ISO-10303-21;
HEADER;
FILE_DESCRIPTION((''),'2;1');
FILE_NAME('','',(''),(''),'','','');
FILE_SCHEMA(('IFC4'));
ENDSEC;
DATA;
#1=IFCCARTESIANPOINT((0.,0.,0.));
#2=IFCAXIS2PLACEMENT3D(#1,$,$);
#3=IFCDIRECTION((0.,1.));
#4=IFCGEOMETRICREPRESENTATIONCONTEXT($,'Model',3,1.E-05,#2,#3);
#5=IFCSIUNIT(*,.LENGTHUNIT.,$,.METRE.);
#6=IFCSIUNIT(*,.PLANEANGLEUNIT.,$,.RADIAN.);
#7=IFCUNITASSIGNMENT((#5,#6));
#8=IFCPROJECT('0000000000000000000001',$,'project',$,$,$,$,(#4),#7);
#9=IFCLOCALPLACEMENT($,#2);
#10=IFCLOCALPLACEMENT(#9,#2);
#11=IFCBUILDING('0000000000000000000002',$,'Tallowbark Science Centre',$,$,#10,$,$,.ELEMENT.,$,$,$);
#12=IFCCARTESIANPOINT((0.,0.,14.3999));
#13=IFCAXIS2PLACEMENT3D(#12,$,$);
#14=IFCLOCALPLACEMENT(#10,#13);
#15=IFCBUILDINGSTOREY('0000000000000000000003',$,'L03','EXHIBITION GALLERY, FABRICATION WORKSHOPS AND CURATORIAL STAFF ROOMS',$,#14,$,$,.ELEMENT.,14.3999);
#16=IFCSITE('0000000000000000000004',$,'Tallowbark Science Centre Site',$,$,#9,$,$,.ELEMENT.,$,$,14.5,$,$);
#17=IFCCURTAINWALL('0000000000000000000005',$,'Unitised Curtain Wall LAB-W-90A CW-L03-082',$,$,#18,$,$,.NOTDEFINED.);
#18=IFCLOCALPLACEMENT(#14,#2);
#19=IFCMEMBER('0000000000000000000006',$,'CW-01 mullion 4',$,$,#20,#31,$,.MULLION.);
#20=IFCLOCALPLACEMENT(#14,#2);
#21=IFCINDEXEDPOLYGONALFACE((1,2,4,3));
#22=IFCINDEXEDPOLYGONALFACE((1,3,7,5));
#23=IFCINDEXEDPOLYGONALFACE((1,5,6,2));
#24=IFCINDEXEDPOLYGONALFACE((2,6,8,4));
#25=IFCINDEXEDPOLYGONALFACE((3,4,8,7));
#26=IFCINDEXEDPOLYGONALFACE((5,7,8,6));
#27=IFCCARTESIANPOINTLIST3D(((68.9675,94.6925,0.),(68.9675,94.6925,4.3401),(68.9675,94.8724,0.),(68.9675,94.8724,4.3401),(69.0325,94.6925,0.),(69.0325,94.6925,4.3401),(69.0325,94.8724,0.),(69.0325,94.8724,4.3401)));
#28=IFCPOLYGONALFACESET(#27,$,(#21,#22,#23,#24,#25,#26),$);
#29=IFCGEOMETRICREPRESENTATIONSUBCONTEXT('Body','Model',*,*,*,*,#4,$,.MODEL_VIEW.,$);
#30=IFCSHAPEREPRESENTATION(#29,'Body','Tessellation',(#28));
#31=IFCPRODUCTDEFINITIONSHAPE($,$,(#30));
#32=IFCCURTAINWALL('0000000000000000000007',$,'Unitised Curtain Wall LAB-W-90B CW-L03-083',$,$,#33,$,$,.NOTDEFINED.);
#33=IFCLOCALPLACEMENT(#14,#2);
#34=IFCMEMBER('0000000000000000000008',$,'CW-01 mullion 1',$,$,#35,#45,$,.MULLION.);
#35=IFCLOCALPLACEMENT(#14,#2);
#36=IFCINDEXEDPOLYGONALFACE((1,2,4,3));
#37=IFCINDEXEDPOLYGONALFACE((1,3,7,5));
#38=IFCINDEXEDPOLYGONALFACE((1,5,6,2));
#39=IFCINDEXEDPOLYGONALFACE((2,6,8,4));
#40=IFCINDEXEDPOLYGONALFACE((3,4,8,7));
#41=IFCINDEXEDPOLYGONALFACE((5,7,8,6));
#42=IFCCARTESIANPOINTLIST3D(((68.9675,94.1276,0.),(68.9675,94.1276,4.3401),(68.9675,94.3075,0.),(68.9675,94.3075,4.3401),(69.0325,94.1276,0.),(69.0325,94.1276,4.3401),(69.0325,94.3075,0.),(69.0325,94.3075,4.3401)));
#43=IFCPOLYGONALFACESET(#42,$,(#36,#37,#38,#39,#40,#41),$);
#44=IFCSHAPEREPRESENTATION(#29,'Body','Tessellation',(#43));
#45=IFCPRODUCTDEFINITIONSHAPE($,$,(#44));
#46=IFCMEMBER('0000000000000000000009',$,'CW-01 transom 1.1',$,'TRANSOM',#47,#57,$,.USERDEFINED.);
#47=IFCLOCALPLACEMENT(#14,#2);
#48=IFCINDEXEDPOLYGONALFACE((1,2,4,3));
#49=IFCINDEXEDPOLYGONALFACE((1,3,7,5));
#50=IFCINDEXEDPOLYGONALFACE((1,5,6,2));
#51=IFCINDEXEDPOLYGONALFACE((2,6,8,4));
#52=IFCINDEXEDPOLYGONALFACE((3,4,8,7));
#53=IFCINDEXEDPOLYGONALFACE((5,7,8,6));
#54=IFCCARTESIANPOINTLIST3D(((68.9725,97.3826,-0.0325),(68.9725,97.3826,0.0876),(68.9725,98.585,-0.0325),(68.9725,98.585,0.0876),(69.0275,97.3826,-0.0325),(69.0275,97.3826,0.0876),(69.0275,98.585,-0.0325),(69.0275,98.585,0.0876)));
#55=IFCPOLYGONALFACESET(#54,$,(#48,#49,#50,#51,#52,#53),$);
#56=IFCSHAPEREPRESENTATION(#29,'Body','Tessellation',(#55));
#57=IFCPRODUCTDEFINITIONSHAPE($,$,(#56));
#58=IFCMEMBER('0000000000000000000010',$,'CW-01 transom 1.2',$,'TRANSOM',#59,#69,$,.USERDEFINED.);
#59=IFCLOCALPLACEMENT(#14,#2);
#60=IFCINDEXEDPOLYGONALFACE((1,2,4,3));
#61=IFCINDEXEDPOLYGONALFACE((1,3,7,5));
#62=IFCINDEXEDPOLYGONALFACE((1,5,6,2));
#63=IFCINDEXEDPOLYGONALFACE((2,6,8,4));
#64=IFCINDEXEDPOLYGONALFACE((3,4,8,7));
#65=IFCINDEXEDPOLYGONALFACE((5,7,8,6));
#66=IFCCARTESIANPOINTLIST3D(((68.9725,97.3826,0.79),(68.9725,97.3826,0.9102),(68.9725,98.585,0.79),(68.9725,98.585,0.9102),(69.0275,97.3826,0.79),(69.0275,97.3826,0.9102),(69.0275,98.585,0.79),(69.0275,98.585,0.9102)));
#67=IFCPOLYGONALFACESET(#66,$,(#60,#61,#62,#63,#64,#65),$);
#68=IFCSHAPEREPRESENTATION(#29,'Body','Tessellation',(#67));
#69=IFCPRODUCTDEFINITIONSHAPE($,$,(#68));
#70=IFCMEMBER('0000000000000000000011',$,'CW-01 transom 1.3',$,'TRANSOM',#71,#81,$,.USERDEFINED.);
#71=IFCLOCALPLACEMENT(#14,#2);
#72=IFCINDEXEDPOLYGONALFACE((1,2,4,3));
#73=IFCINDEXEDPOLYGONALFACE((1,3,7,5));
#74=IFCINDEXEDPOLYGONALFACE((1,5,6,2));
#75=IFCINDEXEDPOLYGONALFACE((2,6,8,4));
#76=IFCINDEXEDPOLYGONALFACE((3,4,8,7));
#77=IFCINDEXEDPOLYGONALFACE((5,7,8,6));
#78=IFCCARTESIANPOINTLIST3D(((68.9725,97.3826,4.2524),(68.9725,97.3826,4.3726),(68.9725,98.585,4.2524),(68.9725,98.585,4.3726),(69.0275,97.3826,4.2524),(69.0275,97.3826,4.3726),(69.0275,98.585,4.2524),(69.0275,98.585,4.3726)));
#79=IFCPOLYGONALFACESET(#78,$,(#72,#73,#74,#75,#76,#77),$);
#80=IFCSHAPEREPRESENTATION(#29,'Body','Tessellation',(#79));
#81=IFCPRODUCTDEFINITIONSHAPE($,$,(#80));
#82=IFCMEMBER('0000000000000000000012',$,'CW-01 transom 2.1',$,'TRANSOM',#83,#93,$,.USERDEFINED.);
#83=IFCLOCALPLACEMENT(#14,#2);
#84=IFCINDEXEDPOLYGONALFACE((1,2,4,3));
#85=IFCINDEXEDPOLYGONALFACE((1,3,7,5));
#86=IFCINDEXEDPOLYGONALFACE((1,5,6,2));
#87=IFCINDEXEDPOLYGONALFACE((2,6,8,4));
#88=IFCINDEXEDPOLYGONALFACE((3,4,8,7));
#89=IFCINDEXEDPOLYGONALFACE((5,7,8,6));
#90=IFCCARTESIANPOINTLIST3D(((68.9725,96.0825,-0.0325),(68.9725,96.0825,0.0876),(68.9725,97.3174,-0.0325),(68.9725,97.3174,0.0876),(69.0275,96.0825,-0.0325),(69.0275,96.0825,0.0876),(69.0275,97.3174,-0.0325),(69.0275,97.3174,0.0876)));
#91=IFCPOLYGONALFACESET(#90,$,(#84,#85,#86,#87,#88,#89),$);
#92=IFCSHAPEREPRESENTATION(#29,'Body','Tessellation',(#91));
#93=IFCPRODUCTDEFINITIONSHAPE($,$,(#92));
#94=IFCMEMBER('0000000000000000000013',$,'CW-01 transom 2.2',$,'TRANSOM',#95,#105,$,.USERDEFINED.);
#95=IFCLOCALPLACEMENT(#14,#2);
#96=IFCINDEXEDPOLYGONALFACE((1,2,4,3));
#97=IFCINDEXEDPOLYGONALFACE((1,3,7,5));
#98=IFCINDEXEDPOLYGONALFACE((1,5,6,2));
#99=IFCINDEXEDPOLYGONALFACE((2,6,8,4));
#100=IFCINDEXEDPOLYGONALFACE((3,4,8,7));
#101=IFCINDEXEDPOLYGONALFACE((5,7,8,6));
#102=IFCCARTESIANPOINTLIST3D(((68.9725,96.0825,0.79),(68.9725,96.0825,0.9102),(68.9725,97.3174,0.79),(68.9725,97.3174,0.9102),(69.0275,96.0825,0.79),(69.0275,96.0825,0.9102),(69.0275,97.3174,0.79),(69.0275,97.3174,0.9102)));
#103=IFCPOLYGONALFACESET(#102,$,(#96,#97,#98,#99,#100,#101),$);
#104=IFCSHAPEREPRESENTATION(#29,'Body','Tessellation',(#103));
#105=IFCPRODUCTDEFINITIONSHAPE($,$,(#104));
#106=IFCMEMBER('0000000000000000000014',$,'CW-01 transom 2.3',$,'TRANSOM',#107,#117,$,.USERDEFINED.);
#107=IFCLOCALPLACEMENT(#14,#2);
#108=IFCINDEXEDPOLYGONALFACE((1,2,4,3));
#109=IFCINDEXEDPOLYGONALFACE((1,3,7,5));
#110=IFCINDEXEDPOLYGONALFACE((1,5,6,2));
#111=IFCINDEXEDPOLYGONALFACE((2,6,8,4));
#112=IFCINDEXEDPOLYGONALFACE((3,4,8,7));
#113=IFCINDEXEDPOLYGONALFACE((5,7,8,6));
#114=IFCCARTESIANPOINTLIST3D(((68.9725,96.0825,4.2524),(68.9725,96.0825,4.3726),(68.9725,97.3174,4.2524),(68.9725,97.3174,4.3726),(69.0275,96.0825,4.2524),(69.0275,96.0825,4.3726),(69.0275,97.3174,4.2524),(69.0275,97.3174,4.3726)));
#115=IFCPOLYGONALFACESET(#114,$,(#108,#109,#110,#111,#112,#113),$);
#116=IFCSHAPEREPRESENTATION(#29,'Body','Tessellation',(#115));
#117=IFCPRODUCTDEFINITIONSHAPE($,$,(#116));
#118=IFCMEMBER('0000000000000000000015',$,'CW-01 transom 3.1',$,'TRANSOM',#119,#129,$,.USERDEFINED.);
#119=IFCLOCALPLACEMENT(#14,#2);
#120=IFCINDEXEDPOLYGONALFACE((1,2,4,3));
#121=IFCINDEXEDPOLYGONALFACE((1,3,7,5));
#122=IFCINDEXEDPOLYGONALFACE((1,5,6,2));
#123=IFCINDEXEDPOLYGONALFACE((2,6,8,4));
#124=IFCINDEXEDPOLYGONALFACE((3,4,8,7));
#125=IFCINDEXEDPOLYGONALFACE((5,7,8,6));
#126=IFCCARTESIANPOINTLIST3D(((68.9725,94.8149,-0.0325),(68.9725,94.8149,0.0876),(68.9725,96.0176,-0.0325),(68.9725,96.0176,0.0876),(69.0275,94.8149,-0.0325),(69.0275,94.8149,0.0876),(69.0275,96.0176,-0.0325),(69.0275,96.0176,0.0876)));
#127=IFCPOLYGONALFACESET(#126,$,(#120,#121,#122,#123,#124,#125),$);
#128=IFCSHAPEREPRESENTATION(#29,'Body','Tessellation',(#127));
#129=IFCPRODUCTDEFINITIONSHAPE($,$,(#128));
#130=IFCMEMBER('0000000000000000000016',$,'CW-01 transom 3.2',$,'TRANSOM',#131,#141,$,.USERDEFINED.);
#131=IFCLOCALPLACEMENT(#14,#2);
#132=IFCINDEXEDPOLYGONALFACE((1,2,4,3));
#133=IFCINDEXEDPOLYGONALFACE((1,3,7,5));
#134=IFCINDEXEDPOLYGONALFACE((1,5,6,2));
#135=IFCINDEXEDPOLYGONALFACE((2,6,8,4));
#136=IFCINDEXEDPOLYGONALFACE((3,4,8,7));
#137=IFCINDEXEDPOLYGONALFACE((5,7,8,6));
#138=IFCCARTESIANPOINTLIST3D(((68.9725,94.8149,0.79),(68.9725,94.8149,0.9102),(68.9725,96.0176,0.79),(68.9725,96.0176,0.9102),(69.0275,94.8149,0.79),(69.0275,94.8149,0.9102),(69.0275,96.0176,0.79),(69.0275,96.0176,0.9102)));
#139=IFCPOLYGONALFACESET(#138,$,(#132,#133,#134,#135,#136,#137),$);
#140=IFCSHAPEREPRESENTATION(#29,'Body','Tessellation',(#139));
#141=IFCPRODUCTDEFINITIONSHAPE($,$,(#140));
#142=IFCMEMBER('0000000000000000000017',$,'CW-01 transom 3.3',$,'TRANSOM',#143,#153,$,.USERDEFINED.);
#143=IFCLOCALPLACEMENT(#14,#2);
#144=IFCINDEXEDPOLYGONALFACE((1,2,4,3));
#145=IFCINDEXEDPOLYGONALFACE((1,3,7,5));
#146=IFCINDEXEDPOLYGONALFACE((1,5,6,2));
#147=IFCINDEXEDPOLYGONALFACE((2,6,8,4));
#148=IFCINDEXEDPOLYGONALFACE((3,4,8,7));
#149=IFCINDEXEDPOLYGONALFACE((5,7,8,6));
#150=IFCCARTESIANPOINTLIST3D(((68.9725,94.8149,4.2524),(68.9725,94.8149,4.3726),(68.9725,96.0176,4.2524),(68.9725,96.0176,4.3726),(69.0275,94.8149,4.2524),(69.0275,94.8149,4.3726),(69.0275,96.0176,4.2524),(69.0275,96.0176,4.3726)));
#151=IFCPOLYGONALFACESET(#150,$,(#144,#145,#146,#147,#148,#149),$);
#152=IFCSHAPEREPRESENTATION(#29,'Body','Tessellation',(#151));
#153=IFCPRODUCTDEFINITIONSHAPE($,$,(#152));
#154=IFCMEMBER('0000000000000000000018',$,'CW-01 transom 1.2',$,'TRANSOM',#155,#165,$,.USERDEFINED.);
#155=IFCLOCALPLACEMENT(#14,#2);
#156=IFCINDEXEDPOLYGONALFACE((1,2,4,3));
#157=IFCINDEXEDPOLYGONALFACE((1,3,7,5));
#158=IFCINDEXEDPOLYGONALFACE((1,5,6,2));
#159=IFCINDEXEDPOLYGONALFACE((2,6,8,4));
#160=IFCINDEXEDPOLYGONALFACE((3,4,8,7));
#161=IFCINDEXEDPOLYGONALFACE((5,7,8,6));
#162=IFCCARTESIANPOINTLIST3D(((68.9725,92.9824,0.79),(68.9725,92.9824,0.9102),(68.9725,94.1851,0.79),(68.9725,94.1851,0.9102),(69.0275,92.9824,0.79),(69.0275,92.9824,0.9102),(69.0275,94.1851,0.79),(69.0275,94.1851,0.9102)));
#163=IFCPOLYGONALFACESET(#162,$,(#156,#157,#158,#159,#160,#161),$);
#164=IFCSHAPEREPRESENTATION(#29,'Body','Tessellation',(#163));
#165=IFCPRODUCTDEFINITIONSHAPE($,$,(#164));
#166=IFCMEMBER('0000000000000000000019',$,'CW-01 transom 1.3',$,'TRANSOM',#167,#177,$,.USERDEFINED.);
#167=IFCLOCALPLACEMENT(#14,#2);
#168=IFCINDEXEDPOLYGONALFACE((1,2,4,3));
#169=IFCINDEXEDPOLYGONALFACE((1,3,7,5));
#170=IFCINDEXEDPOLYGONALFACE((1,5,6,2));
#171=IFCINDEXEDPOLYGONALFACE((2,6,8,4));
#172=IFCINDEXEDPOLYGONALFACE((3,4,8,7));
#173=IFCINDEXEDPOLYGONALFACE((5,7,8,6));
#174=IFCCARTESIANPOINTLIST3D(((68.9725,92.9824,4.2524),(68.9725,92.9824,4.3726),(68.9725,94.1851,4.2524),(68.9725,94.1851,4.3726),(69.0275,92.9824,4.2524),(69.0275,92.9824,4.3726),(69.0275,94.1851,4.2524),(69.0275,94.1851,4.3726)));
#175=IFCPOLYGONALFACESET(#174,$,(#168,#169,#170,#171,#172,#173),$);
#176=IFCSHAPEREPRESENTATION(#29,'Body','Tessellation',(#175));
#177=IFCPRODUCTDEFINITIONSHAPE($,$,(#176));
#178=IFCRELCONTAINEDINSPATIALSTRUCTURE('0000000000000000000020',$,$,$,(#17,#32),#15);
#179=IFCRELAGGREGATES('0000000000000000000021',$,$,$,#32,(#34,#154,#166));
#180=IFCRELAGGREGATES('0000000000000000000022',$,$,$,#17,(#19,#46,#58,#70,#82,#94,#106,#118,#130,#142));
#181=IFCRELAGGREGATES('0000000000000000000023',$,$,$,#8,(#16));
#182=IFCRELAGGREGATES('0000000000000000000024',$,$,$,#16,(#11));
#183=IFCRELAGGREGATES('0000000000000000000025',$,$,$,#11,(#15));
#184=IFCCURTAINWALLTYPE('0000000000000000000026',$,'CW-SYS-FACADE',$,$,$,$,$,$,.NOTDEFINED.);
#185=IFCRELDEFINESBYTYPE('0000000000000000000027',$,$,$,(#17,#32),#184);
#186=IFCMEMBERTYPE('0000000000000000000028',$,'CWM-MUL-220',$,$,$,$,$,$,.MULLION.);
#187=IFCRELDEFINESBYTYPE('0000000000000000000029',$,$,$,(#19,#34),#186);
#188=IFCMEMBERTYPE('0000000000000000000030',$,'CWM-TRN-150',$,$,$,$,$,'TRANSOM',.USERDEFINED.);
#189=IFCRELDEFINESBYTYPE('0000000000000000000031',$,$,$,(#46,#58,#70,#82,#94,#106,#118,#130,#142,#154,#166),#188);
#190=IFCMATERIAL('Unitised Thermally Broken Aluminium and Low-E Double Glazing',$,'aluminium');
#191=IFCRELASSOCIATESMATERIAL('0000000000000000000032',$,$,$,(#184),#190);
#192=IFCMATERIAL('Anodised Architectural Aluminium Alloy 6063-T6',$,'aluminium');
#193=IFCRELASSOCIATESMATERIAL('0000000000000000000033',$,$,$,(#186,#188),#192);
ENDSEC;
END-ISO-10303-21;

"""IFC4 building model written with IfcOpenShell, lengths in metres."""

from ifc_helpers import new_model, si_unit, direction, frame, origin, origin_2d, place, context, subcontext, project, spatial, rectangle, extrude, material, material_profile, profile_set, type_object, element, aggregate, save


model = new_model("IFC4")

# Units and contexts
model_context = context("Model", 3, precision=1e-05, world=origin(), true_north=direction((0.0, 1.0)))
body_context = subcontext(model_context, "Body", "Model", "MODEL_VIEW")
ifc_project = project(units=[si_unit("LENGTHUNIT", "METRE"), si_unit("PLANEANGLEUNIT", "RADIAN")], contexts=[model_context])

# Site, building, storey
site_placement = place(None, origin())
site = spatial("IfcSite", under=ifc_project, at=site_placement, Name="Tallowbark Science Centre Site", CompositionType="ELEMENT", RefElevation=14.5)
building_placement = place(site_placement, origin())
building = spatial("IfcBuilding", under=site, at=building_placement, Name="Tallowbark Science Centre", CompositionType="ELEMENT")
storey_placement = place(building_placement, frame((0.0, 0.0, 14.3999)))
storey = spatial("IfcBuildingStorey", under=building, at=storey_placement, Name="L03", Description="EXHIBITION GALLERY, FABRICATION WORKSHOPS AND CURATORIAL STAFF ROOMS", CompositionType="ELEMENT", Elevation=14.3999)

# Curtain wall, member
ifc_material_1 = material(Name="Unitised Thermally Broken Aluminium and Low-E Double Glazing", Category="aluminium")
curtain_wall_type = type_object("IfcCurtainWallType", Name="CW-SYS-FACADE", PredefinedType="NOTDEFINED", material=ifc_material_1)
curtain_wall_1_placement = place(storey_placement, origin())
curtain_wall_1 = element("IfcCurtainWall", 1, at=curtain_wall_1_placement, inside=storey, type_object=curtain_wall_type, Name="Unitised Curtain Wall LAB-W-90A CW-L03-082", PredefinedType="NOTDEFINED")
ifc_material_2 = material(Name="Anodised Architectural Aluminium Alloy 6063-T6", Category="aluminium")
ifc_material_profile_1 = material_profile(ifc_material_2, rectangle(XDim=0.0649, YDim=0.1799, at=origin_2d()), Name="ALU65x180")
ifc_profile_set_1 = profile_set([ifc_material_profile_1], Name="Anodised Architectural Aluminium Alloy 6063-T6")
member_type_1 = type_object("IfcMemberType", Name="CWM-MUL-220", PredefinedType="MULLION", material=ifc_profile_set_1)
member_1_placement = place(storey_placement, frame((69.0, 94.7825, 0.0), z_axis=(0.0, 0.0, 1.0), x_axis=(1.0, 0.0, 0.0)))
member_1 = element("IfcMember", 2, at=member_1_placement, type_object=member_type_1, Name="CW-01 mullion 4", PredefinedType="MULLION", context=body_context, shape_type="SweptSolid", body=[
    extrude(rectangle(XDim=0.0649, YDim=0.1799, at=origin_2d()), origin(), (0.0, 0.0, 1.0), 4.3401),
])

# Curtain wall, member
curtain_wall_2_placement = place(storey_placement, origin())
curtain_wall_2 = element("IfcCurtainWall", 3, at=curtain_wall_2_placement, inside=storey, type_object=curtain_wall_type, Name="Unitised Curtain Wall LAB-W-90B CW-L03-083", PredefinedType="NOTDEFINED")
member_2_placement = place(storey_placement, frame((69.0, 94.2175, 0.0), z_axis=(0.0, 0.0, 1.0), x_axis=(1.0, 0.0, 0.0)))
member_2 = element("IfcMember", 4, at=member_2_placement, type_object=member_type_1, Name="CW-01 mullion 1", PredefinedType="MULLION", context=body_context, shape_type="SweptSolid", body=[
    extrude(rectangle(XDim=0.0649, YDim=0.1799, at=origin_2d()), origin(), (0.0, 0.0, 1.0), 4.3401),
])

# Members
ifc_material_profile_2 = material_profile(ifc_material_2, rectangle(XDim=0.0549, YDim=0.1201, at=origin_2d()), Name="ALU55x120")
ifc_profile_set_2 = profile_set([ifc_material_profile_2], Name="Anodised Architectural Aluminium Alloy 6063-T6")
member_type_2 = type_object("IfcMemberType", Name="CWM-TRN-150", ElementType="TRANSOM", PredefinedType="USERDEFINED", material=ifc_profile_set_2)
member_3_placement = place(storey_placement, frame((69.0, 98.585, 0.0276), z_axis=(0.0, -1.0, 0.0), x_axis=(1.0, 0.0, 0.0)))
member_3 = element("IfcMember", 5, at=member_3_placement, type_object=member_type_2, Name="CW-01 transom 1.1", ObjectType="TRANSOM", PredefinedType="USERDEFINED", context=body_context, shape_type="SweptSolid", body=[
    extrude(rectangle(XDim=0.0549, YDim=0.1201, at=origin_2d()), origin(), (0.0, 0.0, 1.0), 1.2024),
])
member_4_placement = place(storey_placement, frame((69.0, 98.585, 0.8501), z_axis=(0.0, -1.0, 0.0), x_axis=(1.0, 0.0, 0.0)))
member_4 = element("IfcMember", 6, at=member_4_placement, type_object=member_type_2, Name="CW-01 transom 1.2", ObjectType="TRANSOM", PredefinedType="USERDEFINED", context=body_context, shape_type="SweptSolid", body=[
    extrude(rectangle(XDim=0.0549, YDim=0.1201, at=origin_2d()), origin(), (0.0, 0.0, 1.0), 1.2024),
])
member_5_placement = place(storey_placement, frame((69.0, 98.585, 4.3125), z_axis=(0.0, -1.0, 0.0), x_axis=(1.0, 0.0, 0.0)))
member_5 = element("IfcMember", 7, at=member_5_placement, type_object=member_type_2, Name="CW-01 transom 1.3", ObjectType="TRANSOM", PredefinedType="USERDEFINED", context=body_context, shape_type="SweptSolid", body=[
    extrude(rectangle(XDim=0.0549, YDim=0.1201, at=origin_2d()), origin(), (0.0, 0.0, 1.0), 1.2024),
])
member_6_placement = place(storey_placement, frame((69.0, 97.3174, 0.0276), z_axis=(0.0, -1.0, 0.0), x_axis=(1.0, 0.0, 0.0)))
member_6 = element("IfcMember", 8, at=member_6_placement, type_object=member_type_2, Name="CW-01 transom 2.1", ObjectType="TRANSOM", PredefinedType="USERDEFINED", context=body_context, shape_type="SweptSolid", body=[
    extrude(rectangle(XDim=0.0549, YDim=0.1201, at=origin_2d()), origin(), (0.0, 0.0, 1.0), 1.2349),
])
member_7_placement = place(storey_placement, frame((69.0, 97.3174, 0.8501), z_axis=(0.0, -1.0, 0.0), x_axis=(1.0, 0.0, 0.0)))
member_7 = element("IfcMember", 9, at=member_7_placement, type_object=member_type_2, Name="CW-01 transom 2.2", ObjectType="TRANSOM", PredefinedType="USERDEFINED", context=body_context, shape_type="SweptSolid", body=[
    extrude(rectangle(XDim=0.0549, YDim=0.1201, at=origin_2d()), origin(), (0.0, 0.0, 1.0), 1.2349),
])
member_8_placement = place(storey_placement, frame((69.0, 97.3174, 4.3125), z_axis=(0.0, -1.0, 0.0), x_axis=(1.0, 0.0, 0.0)))
member_8 = element("IfcMember", 10, at=member_8_placement, type_object=member_type_2, Name="CW-01 transom 2.3", ObjectType="TRANSOM", PredefinedType="USERDEFINED", context=body_context, shape_type="SweptSolid", body=[
    extrude(rectangle(XDim=0.0549, YDim=0.1201, at=origin_2d()), origin(), (0.0, 0.0, 1.0), 1.2349),
])
member_9_placement = place(storey_placement, frame((69.0, 96.0176, 0.0276), z_axis=(0.0, -1.0, 0.0), x_axis=(1.0, 0.0, 0.0)))
member_9 = element("IfcMember", 11, at=member_9_placement, type_object=member_type_2, Name="CW-01 transom 3.1", ObjectType="TRANSOM", PredefinedType="USERDEFINED", context=body_context, shape_type="SweptSolid", body=[
    extrude(rectangle(XDim=0.0549, YDim=0.1201, at=origin_2d()), origin(), (0.0, 0.0, 1.0), 1.2026),
])
member_10_placement = place(storey_placement, frame((69.0, 96.0176, 0.8501), z_axis=(0.0, -1.0, 0.0), x_axis=(1.0, 0.0, 0.0)))
member_10 = element("IfcMember", 12, at=member_10_placement, type_object=member_type_2, Name="CW-01 transom 3.2", ObjectType="TRANSOM", PredefinedType="USERDEFINED", context=body_context, shape_type="SweptSolid", body=[
    extrude(rectangle(XDim=0.0549, YDim=0.1201, at=origin_2d()), origin(), (0.0, 0.0, 1.0), 1.2026),
])
member_11_placement = place(storey_placement, frame((69.0, 96.0176, 4.3125), z_axis=(0.0, -1.0, 0.0), x_axis=(1.0, 0.0, 0.0)))
member_11 = element("IfcMember", 13, at=member_11_placement, type_object=member_type_2, Name="CW-01 transom 3.3", ObjectType="TRANSOM", PredefinedType="USERDEFINED", context=body_context, shape_type="SweptSolid", body=[
    extrude(rectangle(XDim=0.0549, YDim=0.1201, at=origin_2d()), origin(), (0.0, 0.0, 1.0), 1.2026),
])
member_12_placement = place(storey_placement, frame((69.0, 94.1851, 0.8501), z_axis=(0.0, -1.0, 0.0), x_axis=(1.0, 0.0, 0.0)))
member_12 = element("IfcMember", 14, at=member_12_placement, type_object=member_type_2, Name="CW-01 transom 1.2", ObjectType="TRANSOM", PredefinedType="USERDEFINED", context=body_context, shape_type="SweptSolid", body=[
    extrude(rectangle(XDim=0.0549, YDim=0.1201, at=origin_2d()), origin(), (0.0, 0.0, 1.0), 1.2026),
])
member_13_placement = place(storey_placement, frame((69.0, 94.1851, 4.3125), z_axis=(0.0, -1.0, 0.0), x_axis=(1.0, 0.0, 0.0)))
member_13 = element("IfcMember", 15, at=member_13_placement, type_object=member_type_2, Name="CW-01 transom 1.3", ObjectType="TRANSOM", PredefinedType="USERDEFINED", context=body_context, shape_type="SweptSolid", body=[
    extrude(rectangle(XDim=0.0549, YDim=0.1201, at=origin_2d()), origin(), (0.0, 0.0, 1.0), 1.2026),
])
aggregate(curtain_wall_2, [member_2, member_12, member_13])

aggregate(curtain_wall_1, [member_1, member_3, member_4, member_5, member_6, member_7, member_8, member_9, member_10, member_11])

save(model, "model.ifc")
